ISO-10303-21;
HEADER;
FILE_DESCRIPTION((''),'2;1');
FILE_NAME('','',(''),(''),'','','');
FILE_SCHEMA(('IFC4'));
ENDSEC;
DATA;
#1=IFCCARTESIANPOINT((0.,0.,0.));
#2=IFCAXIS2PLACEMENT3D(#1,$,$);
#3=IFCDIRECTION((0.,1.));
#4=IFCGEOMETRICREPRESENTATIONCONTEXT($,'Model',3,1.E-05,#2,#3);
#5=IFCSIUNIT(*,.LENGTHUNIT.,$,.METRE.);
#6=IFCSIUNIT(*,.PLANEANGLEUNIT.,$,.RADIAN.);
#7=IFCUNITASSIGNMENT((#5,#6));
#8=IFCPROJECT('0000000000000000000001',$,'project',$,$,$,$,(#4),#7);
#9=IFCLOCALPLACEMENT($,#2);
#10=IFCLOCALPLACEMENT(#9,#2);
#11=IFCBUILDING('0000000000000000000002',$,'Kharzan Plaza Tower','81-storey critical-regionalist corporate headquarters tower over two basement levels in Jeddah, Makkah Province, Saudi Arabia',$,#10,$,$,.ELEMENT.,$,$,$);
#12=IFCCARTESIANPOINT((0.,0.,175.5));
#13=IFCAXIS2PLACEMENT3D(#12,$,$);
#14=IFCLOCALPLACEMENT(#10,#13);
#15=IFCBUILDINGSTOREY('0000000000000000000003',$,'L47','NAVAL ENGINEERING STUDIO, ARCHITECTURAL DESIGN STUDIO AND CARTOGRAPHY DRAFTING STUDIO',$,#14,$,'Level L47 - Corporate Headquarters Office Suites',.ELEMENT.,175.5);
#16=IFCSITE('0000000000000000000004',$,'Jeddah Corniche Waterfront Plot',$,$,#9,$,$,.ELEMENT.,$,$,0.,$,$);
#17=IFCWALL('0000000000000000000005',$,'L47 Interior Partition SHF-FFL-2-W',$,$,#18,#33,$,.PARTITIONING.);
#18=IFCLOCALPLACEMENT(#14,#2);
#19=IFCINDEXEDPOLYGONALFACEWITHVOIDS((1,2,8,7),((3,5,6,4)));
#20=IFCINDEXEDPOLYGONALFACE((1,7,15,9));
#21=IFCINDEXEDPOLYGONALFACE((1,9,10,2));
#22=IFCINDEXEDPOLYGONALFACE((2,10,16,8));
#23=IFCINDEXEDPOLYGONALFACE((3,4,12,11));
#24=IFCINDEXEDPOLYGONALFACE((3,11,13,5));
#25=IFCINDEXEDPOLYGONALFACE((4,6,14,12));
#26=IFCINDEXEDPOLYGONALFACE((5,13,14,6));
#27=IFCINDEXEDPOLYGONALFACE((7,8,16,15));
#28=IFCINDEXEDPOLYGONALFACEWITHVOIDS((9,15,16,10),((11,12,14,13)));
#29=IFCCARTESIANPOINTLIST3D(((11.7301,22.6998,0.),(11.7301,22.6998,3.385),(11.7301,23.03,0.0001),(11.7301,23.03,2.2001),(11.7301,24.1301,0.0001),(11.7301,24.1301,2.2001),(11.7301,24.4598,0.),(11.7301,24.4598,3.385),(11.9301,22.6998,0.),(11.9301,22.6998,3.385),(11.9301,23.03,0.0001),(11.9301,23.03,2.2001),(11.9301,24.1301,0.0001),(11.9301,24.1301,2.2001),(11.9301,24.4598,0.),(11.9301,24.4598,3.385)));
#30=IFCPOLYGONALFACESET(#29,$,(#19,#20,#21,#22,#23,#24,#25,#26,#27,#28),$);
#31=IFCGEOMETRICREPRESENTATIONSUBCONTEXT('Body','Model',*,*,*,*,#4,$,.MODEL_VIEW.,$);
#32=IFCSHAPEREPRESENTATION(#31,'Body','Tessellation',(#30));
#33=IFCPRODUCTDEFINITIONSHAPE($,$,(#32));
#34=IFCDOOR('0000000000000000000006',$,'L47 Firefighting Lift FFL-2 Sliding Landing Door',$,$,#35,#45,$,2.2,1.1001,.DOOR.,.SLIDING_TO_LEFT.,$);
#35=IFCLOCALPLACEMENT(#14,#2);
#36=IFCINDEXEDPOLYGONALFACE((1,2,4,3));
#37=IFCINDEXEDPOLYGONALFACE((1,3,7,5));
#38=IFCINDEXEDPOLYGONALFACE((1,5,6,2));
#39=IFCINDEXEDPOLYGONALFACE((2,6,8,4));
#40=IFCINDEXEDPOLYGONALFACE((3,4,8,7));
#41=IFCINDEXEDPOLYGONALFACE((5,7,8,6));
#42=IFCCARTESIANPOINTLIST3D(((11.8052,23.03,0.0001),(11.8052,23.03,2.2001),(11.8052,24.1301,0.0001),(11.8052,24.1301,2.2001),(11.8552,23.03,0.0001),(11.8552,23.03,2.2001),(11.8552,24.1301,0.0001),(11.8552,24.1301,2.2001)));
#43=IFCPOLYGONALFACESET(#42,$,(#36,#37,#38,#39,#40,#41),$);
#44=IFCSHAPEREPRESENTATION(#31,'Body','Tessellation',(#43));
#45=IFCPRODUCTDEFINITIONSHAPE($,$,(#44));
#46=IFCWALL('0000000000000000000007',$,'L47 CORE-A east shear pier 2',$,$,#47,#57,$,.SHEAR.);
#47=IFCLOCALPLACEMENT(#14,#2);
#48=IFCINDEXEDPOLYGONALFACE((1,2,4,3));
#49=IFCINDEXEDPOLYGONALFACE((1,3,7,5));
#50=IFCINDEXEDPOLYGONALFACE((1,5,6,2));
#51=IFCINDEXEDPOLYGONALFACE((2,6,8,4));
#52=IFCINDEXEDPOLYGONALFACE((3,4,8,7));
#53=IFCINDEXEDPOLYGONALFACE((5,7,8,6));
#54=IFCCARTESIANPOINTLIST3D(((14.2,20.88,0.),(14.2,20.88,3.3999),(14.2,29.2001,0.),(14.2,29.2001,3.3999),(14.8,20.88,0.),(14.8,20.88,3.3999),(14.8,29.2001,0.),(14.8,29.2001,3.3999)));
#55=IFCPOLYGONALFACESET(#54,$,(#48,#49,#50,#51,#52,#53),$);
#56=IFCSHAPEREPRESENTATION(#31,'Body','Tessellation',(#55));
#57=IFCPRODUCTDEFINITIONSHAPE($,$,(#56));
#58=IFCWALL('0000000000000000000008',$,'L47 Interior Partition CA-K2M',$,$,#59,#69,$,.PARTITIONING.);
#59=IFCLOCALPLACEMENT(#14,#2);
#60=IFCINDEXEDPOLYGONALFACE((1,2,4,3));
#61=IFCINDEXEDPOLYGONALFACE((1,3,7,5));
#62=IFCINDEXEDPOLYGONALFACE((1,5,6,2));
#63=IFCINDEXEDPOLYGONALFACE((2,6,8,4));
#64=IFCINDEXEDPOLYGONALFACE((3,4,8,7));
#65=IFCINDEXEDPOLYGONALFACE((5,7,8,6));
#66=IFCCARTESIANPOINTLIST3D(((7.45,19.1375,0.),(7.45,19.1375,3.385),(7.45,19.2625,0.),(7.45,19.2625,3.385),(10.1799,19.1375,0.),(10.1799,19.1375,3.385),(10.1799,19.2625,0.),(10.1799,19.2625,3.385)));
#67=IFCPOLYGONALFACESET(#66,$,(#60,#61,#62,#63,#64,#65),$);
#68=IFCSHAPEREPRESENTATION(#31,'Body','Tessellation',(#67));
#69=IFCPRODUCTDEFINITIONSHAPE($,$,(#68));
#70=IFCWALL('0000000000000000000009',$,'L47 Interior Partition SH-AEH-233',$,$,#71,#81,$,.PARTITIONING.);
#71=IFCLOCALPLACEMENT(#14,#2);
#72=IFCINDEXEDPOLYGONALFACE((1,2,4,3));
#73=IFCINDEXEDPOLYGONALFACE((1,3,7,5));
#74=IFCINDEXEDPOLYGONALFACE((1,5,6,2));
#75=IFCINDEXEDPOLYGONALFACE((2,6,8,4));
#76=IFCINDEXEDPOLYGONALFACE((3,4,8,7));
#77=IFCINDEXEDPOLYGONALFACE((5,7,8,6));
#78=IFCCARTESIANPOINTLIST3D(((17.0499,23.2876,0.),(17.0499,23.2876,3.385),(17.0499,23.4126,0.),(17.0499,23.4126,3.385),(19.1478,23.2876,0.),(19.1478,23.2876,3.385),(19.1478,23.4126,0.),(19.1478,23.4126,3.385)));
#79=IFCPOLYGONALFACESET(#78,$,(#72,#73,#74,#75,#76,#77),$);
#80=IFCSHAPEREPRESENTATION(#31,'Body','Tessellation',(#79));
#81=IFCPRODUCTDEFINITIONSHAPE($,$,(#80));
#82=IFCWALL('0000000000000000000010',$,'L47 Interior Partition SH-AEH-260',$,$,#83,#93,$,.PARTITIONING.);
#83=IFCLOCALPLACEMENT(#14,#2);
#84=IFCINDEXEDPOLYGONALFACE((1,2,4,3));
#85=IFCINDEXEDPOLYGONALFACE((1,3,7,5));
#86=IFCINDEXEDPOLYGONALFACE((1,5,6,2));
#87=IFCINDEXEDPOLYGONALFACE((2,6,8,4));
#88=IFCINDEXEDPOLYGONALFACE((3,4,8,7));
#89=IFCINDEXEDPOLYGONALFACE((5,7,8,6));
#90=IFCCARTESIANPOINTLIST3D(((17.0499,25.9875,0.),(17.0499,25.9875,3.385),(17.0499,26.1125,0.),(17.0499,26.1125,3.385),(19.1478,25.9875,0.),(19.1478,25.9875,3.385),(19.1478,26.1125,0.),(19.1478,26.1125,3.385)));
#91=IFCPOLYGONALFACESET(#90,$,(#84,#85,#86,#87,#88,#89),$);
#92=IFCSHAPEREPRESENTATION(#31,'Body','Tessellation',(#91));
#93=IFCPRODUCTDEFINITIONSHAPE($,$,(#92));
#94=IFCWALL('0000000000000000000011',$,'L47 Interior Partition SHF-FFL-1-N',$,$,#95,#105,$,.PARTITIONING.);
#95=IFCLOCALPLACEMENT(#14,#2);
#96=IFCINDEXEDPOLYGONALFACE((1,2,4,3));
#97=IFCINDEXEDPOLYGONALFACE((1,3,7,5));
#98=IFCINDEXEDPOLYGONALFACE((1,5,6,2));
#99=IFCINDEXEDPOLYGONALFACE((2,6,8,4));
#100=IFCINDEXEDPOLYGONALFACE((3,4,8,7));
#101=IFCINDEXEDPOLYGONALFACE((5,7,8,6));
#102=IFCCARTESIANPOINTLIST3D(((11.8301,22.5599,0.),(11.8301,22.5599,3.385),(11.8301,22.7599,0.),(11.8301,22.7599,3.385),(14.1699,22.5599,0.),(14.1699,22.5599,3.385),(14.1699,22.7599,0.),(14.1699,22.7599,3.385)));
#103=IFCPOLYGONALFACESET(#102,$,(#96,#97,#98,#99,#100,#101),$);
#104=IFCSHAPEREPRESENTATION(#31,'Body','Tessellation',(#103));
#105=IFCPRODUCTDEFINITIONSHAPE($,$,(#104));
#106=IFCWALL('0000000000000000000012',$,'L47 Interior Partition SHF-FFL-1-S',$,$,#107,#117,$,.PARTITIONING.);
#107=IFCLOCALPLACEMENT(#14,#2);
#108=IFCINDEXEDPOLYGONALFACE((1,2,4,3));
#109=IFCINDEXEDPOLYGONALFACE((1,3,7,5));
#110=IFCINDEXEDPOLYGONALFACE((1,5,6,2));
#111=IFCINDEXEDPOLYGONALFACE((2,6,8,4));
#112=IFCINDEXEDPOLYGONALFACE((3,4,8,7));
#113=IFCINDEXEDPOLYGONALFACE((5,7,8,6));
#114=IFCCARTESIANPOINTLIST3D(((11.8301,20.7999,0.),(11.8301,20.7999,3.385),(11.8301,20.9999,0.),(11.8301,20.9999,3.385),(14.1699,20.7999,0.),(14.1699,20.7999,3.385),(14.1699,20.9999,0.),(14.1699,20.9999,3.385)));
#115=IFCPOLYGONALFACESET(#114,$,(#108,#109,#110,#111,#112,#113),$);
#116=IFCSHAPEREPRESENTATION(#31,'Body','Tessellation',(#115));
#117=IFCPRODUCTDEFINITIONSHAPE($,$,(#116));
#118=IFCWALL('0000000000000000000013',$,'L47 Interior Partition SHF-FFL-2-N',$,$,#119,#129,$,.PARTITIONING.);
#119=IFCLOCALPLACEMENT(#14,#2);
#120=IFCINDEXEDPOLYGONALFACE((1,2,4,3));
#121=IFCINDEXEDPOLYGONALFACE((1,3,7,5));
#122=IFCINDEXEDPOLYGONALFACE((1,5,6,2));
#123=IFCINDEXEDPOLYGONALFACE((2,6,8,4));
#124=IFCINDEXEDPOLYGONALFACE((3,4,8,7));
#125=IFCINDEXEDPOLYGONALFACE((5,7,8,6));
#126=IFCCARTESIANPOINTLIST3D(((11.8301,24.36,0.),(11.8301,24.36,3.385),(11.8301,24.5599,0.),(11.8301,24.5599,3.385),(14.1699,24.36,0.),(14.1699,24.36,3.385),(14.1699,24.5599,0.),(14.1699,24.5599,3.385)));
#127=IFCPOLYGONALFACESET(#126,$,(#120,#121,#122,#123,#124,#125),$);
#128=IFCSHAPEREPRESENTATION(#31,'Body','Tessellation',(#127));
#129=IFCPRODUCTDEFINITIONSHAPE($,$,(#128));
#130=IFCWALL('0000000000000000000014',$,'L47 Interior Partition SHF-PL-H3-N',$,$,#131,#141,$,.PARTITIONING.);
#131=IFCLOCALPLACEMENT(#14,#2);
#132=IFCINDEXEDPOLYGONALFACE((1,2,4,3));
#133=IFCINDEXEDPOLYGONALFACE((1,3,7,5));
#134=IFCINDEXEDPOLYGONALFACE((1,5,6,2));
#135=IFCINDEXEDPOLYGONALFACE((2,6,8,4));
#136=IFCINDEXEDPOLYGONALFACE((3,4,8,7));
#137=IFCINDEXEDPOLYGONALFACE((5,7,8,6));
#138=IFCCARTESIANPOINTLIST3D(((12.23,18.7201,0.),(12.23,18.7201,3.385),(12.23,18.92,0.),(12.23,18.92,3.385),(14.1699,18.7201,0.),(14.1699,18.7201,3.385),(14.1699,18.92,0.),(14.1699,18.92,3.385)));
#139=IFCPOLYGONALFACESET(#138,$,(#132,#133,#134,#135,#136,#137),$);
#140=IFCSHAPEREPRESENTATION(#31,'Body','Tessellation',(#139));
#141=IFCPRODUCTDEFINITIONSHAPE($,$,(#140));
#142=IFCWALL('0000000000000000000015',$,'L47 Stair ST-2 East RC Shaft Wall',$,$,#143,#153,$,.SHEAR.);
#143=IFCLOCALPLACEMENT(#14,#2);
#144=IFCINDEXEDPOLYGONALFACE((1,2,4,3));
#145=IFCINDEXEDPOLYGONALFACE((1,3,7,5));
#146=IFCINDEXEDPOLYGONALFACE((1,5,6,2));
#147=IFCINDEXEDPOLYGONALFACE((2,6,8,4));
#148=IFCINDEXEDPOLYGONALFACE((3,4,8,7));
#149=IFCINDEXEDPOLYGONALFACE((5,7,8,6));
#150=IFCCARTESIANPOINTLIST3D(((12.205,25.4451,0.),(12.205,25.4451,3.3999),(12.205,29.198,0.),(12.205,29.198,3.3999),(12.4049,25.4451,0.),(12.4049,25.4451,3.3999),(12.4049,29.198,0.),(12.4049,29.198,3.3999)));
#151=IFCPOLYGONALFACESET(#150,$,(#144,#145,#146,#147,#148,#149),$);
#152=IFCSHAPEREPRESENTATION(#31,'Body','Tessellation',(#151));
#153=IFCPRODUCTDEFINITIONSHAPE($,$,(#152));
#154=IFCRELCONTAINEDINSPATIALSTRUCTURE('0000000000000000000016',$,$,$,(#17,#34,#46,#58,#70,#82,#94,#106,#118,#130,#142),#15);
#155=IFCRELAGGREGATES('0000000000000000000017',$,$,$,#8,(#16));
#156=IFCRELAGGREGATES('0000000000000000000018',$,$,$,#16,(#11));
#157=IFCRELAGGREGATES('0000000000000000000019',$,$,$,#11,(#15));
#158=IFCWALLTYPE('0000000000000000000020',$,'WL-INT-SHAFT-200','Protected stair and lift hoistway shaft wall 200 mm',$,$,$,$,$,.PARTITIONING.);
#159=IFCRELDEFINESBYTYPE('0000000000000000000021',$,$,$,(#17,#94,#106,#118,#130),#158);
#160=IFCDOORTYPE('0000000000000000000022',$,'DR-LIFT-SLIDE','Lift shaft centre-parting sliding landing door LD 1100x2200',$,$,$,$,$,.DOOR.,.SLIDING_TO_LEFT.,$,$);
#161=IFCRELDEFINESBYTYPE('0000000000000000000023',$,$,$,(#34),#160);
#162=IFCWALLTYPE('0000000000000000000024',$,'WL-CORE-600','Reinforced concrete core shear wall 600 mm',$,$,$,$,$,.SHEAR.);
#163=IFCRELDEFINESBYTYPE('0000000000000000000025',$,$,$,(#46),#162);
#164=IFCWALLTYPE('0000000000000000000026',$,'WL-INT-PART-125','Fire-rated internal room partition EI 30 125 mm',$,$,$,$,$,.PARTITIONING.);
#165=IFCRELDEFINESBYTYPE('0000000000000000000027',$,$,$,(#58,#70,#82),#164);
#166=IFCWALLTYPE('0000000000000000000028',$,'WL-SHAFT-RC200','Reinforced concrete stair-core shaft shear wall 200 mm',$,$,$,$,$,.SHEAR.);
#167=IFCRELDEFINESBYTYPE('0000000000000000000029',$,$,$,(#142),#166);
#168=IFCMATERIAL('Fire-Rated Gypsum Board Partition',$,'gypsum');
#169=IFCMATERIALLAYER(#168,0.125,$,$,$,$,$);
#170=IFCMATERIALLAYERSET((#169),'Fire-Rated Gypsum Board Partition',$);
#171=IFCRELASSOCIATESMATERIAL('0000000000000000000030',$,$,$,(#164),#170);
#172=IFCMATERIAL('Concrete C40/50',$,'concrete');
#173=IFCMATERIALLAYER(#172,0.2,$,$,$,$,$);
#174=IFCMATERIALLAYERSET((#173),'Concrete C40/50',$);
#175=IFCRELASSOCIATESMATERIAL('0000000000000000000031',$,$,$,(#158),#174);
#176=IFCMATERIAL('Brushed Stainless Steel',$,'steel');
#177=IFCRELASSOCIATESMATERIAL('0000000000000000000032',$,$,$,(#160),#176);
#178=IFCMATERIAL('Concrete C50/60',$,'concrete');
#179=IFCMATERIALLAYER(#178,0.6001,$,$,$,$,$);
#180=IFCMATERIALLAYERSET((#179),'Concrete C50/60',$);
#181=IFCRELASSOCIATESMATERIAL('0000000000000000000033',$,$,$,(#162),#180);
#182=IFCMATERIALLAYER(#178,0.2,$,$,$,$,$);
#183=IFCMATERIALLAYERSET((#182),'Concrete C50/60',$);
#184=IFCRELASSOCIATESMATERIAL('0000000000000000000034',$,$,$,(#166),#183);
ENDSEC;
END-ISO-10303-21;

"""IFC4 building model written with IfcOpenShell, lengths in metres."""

from ifc_helpers import new_model, si_unit, direction, frame, frame_2d, origin, place, context, subcontext, project, spatial, rectangle, extrude, source, transform, mapped, material, layer, layer_set, type_object, element, fill, save


model = new_model("IFC4")

# Units and contexts
model_context = context("Model", 3, precision=1e-05, world=origin(), true_north=direction((0.0, 1.0)))
body_context = subcontext(model_context, "Body", "Model", "MODEL_VIEW")
ifc_project = project(units=[si_unit("LENGTHUNIT", "METRE"), si_unit("PLANEANGLEUNIT", "RADIAN")], contexts=[model_context])

# Site, building, storey
site_placement = place(None, origin())
site = spatial("IfcSite", under=ifc_project, at=site_placement, Name="Jeddah Corniche Waterfront Plot", CompositionType="ELEMENT", RefElevation=0.0)
building_placement = place(site_placement, origin())
building = spatial("IfcBuilding", under=site, at=building_placement, Name="Kharzan Plaza Tower", Description="81-storey critical-regionalist corporate headquarters tower over two basement levels in Jeddah, Makkah Province, Saudi Arabia", CompositionType="ELEMENT")
storey_placement = place(building_placement, frame((0.0, 0.0, 175.5)))
storey = spatial("IfcBuildingStorey", under=building, at=storey_placement, Name="L47", Description="NAVAL ENGINEERING STUDIO, ARCHITECTURAL DESIGN STUDIO AND CARTOGRAPHY DRAFTING STUDIO", LongName="Level L47 - Corporate Headquarters Office Suites", CompositionType="ELEMENT", Elevation=175.5)

# Wall, opening, door
ifc_material_1 = material(Name="Fire-Rated Gypsum Board Partition", Category="gypsum")
ifc_layer_1 = layer(ifc_material_1, 0.125)
ifc_layer_set_1 = layer_set([ifc_layer_1], Name="Fire-Rated Gypsum Board Partition")
wall_type_1 = type_object("IfcWallType", Name="WL-INT-PART-125", Description="Fire-rated internal room partition EI 30 125 mm", PredefinedType="PARTITIONING", material=ifc_layer_set_1)
ifc_material_2 = material(Name="Concrete C40/50", Category="concrete")
ifc_layer_2 = layer(ifc_material_2, 0.2)
ifc_layer_set_2 = layer_set([ifc_layer_2], Name="Concrete C40/50")
wall_type_2 = type_object("IfcWallType", Name="WL-INT-SHAFT-200", Description="Protected stair and lift hoistway shaft wall 200 mm", PredefinedType="PARTITIONING", material=ifc_layer_set_2)
ifc_material_3 = material(Name="Brushed Stainless Steel", Category="steel")
door_type_1 = type_object("IfcDoorType", Name="DR-LIFT-SLIDE", Description="Lift shaft centre-parting sliding landing door LD 1100x2200", OperationType="SLIDING_TO_LEFT", PredefinedType="DOOR", material=ifc_material_3)
shared_shape_1 = source(origin(), body_context, "Body", "SweptSolid", [
    extrude(rectangle(XDim=1.1001, YDim=2.2, at=frame_2d((0.55, 1.1001))), frame((0.0, 0.0249, 0.0), z_axis=(0.0, -1.0, 0.0), x_axis=(1.0, 0.0, 0.0)), (0.0, 0.0, 1.0), 0.05),
])
wall_1_placement = place(storey_placement, frame((11.8301, 22.7, 0.0), z_axis=(0.0, 0.0, 1.0), x_axis=(0.0, 1.0, 0.0)))
wall_1 = element("IfcWall", 1, at=wall_1_placement, inside=storey, type_object=wall_type_2, Name="L47 Interior Partition SHF-FFL-2-W", PredefinedType="PARTITIONING", context=body_context, shape_type="SweptSolid", body=[
    extrude(rectangle(XDim=1.76, YDim=0.2, at=frame_2d((0.8799, 0.0))), origin(), (0.0, 0.0, 1.0), 3.385),
])
opening_1_placement = place(wall_1_placement, frame((0.3301, 0.0, 0.0)))
opening_1 = element("IfcOpeningElement", 2, at=opening_1_placement, cuts=wall_1, PredefinedType="OPENING", context=body_context, shape_type="SweptSolid", body=[
    extrude(rectangle(XDim=1.1001, YDim=2.2, at=frame_2d((0.55, 1.1001))), frame((0.0, 0.1099, 0.0), z_axis=(0.0, -1.0, 0.0), x_axis=(1.0, 0.0, 0.0)), (0.0, 0.0, 1.0), 0.22),
])
door_1_placement = place(opening_1_placement, origin())
door_1 = element("IfcDoor", 3, at=door_1_placement, inside=storey, type_object=door_type_1, Name="L47 Firefighting Lift FFL-2 Sliding Landing Door", OperationType="SLIDING_TO_LEFT", OverallHeight=2.2, OverallWidth=1.1001, PredefinedType="DOOR", context=body_context, shape_type="MappedRepresentation", body=[
    mapped(shared_shape_1, transform((0.0, 0.0, 0.0), x_axis=(1.0, 0.0, 0.0), y_axis=(0.0, 1.0, 0.0), z_axis=(0.0, 0.0, 1.0))),
])
fill(opening_1, door_1)

# Walls
ifc_material_4 = material(Name="Concrete C50/60", Category="concrete")
ifc_layer_3 = layer(ifc_material_4, 0.6001)
ifc_layer_set_3 = layer_set([ifc_layer_3], Name="Concrete C50/60")
wall_type_3 = type_object("IfcWallType", Name="WL-CORE-600", Description="Reinforced concrete core shear wall 600 mm", PredefinedType="SHEAR", material=ifc_layer_set_3)
shared_shape_2 = source(origin(), body_context, "Body", "SweptSolid", [
    extrude(rectangle(XDim=8.3201, YDim=0.6001, at=frame_2d((4.1602, 0.0))), origin(), (0.0, 0.0, 1.0), 3.3999),
])
wall_2_placement = place(storey_placement, frame((14.5, 20.8799, 0.0), z_axis=(0.0, 0.0, 1.0), x_axis=(0.0, 1.0, 0.0)))
element("IfcWall", 4, at=wall_2_placement, inside=storey, type_object=wall_type_3, Name="L47 CORE-A east shear pier 2", PredefinedType="SHEAR", context=body_context, shape_type="MappedRepresentation", body=[
    mapped(shared_shape_2, transform((0.0, 0.0, 0.0), x_axis=(1.0, 0.0, 0.0), y_axis=(0.0, 1.0, 0.0), z_axis=(0.0, 0.0, 1.0))),
])
shared_shape_3 = source(origin(), body_context, "Body", "SweptSolid", [
    extrude(rectangle(XDim=2.73, YDim=0.125, at=frame_2d((1.365, 0.0))), origin(), (0.0, 0.0, 1.0), 3.385),
])
wall_3_placement = place(storey_placement, frame((7.45, 19.2, 0.0), z_axis=(0.0, 0.0, 1.0), x_axis=(1.0, 0.0, 0.0)))
element("IfcWall", 5, at=wall_3_placement, inside=storey, type_object=wall_type_1, Name="L47 Interior Partition CA-K2M", PredefinedType="PARTITIONING", context=body_context, shape_type="MappedRepresentation", body=[
    mapped(shared_shape_3, transform((0.0, 0.0, 0.0), x_axis=(1.0, 0.0, 0.0), y_axis=(0.0, 1.0, 0.0), z_axis=(0.0, 0.0, 1.0))),
])
shared_shape_4 = source(origin(), body_context, "Body", "SweptSolid", [
    extrude(rectangle(XDim=2.0979, YDim=0.125, at=frame_2d((1.0488, 0.0))), origin(), (0.0, 0.0, 1.0), 3.385),
])
for number, where, z_axis, x_axis, name in (
    (6, (17.05, 23.3501, 0.0), (0.0, 0.0, 1.0), (1.0, 0.0, 0.0), "L47 Interior Partition SH-AEH-233"),
    (7, (17.05, 26.05, 0.0), (0.0, 0.0, 1.0), (1.0, 0.0, 0.0), "L47 Interior Partition SH-AEH-260"),
):
    element("IfcWall", number, at=place(storey_placement, frame(where, z_axis=z_axis, x_axis=x_axis)), inside=storey, type_object=wall_type_1, Name=name, PredefinedType="PARTITIONING", context=body_context, shape_type="MappedRepresentation", body=[
        mapped(shared_shape_4, transform((0.0, 0.0, 0.0), x_axis=(1.0, 0.0, 0.0), y_axis=(0.0, 1.0, 0.0), z_axis=(0.0, 0.0, 1.0))),
    ])
shared_shape_5 = source(origin(), body_context, "Body", "SweptSolid", [
    extrude(rectangle(XDim=2.3398, YDim=0.2, at=frame_2d((1.1699, 0.0))), origin(), (0.0, 0.0, 1.0), 3.385),
])
for number, where, z_axis, x_axis, name in (
    (8, (11.8301, 22.6599, 0.0), (0.0, 0.0, 1.0), (1.0, 0.0, 0.0), "L47 Interior Partition SHF-FFL-1-N"),
    (9, (11.8301, 20.8999, 0.0), (0.0, 0.0, 1.0), (1.0, 0.0, 0.0), "L47 Interior Partition SHF-FFL-1-S"),
    (10, (11.8301, 24.46, 0.0), (0.0, 0.0, 1.0), (1.0, 0.0, 0.0), "L47 Interior Partition SHF-FFL-2-N"),
):
    element("IfcWall", number, at=place(storey_placement, frame(where, z_axis=z_axis, x_axis=x_axis)), inside=storey, type_object=wall_type_2, Name=name, PredefinedType="PARTITIONING", context=body_context, shape_type="MappedRepresentation", body=[
        mapped(shared_shape_5, transform((0.0, 0.0, 0.0), x_axis=(1.0, 0.0, 0.0), y_axis=(0.0, 1.0, 0.0), z_axis=(0.0, 0.0, 1.0))),
    ])
shared_shape_6 = source(origin(), body_context, "Body", "SweptSolid", [
    extrude(rectangle(XDim=1.9399, YDim=0.2, at=frame_2d((0.97, 0.0))), origin(), (0.0, 0.0, 1.0), 3.385),
])
wall_4_placement = place(storey_placement, frame((12.23, 18.8201, 0.0), z_axis=(0.0, 0.0, 1.0), x_axis=(1.0, 0.0, 0.0)))
element("IfcWall", 11, at=wall_4_placement, inside=storey, type_object=wall_type_2, Name="L47 Interior Partition SHF-PL-H3-N", PredefinedType="PARTITIONING", context=body_context, shape_type="MappedRepresentation", body=[
    mapped(shared_shape_6, transform((0.0, 0.0, 0.0), x_axis=(1.0, 0.0, 0.0), y_axis=(0.0, 1.0, 0.0), z_axis=(0.0, 0.0, 1.0))),
])
ifc_layer_4 = layer(ifc_material_4, 0.2)
ifc_layer_set_4 = layer_set([ifc_layer_4], Name="Concrete C50/60")
wall_type_4 = type_object("IfcWallType", Name="WL-SHAFT-RC200", Description="Reinforced concrete stair-core shaft shear wall 200 mm", PredefinedType="SHEAR", material=ifc_layer_set_4)
shared_shape_7 = source(origin(), body_context, "Body", "SweptSolid", [
    extrude(rectangle(XDim=3.7529, YDim=0.2, at=frame_2d((1.8765, 0.0))), origin(), (0.0, 0.0, 1.0), 3.3999),
])
wall_5_placement = place(storey_placement, frame((12.3049, 25.4451, 0.0), z_axis=(0.0, 0.0, 1.0), x_axis=(0.0, 1.0, 0.0)))
element("IfcWall", 12, at=wall_5_placement, inside=storey, type_object=wall_type_4, Name="L47 Stair ST-2 East RC Shaft Wall", PredefinedType="SHEAR", context=body_context, shape_type="MappedRepresentation", body=[
    mapped(shared_shape_7, transform((0.0, 0.0, 0.0), x_axis=(1.0, 0.0, 0.0), y_axis=(0.0, 1.0, 0.0), z_axis=(0.0, 0.0, 1.0))),
])

save(model, "model.ifc")
